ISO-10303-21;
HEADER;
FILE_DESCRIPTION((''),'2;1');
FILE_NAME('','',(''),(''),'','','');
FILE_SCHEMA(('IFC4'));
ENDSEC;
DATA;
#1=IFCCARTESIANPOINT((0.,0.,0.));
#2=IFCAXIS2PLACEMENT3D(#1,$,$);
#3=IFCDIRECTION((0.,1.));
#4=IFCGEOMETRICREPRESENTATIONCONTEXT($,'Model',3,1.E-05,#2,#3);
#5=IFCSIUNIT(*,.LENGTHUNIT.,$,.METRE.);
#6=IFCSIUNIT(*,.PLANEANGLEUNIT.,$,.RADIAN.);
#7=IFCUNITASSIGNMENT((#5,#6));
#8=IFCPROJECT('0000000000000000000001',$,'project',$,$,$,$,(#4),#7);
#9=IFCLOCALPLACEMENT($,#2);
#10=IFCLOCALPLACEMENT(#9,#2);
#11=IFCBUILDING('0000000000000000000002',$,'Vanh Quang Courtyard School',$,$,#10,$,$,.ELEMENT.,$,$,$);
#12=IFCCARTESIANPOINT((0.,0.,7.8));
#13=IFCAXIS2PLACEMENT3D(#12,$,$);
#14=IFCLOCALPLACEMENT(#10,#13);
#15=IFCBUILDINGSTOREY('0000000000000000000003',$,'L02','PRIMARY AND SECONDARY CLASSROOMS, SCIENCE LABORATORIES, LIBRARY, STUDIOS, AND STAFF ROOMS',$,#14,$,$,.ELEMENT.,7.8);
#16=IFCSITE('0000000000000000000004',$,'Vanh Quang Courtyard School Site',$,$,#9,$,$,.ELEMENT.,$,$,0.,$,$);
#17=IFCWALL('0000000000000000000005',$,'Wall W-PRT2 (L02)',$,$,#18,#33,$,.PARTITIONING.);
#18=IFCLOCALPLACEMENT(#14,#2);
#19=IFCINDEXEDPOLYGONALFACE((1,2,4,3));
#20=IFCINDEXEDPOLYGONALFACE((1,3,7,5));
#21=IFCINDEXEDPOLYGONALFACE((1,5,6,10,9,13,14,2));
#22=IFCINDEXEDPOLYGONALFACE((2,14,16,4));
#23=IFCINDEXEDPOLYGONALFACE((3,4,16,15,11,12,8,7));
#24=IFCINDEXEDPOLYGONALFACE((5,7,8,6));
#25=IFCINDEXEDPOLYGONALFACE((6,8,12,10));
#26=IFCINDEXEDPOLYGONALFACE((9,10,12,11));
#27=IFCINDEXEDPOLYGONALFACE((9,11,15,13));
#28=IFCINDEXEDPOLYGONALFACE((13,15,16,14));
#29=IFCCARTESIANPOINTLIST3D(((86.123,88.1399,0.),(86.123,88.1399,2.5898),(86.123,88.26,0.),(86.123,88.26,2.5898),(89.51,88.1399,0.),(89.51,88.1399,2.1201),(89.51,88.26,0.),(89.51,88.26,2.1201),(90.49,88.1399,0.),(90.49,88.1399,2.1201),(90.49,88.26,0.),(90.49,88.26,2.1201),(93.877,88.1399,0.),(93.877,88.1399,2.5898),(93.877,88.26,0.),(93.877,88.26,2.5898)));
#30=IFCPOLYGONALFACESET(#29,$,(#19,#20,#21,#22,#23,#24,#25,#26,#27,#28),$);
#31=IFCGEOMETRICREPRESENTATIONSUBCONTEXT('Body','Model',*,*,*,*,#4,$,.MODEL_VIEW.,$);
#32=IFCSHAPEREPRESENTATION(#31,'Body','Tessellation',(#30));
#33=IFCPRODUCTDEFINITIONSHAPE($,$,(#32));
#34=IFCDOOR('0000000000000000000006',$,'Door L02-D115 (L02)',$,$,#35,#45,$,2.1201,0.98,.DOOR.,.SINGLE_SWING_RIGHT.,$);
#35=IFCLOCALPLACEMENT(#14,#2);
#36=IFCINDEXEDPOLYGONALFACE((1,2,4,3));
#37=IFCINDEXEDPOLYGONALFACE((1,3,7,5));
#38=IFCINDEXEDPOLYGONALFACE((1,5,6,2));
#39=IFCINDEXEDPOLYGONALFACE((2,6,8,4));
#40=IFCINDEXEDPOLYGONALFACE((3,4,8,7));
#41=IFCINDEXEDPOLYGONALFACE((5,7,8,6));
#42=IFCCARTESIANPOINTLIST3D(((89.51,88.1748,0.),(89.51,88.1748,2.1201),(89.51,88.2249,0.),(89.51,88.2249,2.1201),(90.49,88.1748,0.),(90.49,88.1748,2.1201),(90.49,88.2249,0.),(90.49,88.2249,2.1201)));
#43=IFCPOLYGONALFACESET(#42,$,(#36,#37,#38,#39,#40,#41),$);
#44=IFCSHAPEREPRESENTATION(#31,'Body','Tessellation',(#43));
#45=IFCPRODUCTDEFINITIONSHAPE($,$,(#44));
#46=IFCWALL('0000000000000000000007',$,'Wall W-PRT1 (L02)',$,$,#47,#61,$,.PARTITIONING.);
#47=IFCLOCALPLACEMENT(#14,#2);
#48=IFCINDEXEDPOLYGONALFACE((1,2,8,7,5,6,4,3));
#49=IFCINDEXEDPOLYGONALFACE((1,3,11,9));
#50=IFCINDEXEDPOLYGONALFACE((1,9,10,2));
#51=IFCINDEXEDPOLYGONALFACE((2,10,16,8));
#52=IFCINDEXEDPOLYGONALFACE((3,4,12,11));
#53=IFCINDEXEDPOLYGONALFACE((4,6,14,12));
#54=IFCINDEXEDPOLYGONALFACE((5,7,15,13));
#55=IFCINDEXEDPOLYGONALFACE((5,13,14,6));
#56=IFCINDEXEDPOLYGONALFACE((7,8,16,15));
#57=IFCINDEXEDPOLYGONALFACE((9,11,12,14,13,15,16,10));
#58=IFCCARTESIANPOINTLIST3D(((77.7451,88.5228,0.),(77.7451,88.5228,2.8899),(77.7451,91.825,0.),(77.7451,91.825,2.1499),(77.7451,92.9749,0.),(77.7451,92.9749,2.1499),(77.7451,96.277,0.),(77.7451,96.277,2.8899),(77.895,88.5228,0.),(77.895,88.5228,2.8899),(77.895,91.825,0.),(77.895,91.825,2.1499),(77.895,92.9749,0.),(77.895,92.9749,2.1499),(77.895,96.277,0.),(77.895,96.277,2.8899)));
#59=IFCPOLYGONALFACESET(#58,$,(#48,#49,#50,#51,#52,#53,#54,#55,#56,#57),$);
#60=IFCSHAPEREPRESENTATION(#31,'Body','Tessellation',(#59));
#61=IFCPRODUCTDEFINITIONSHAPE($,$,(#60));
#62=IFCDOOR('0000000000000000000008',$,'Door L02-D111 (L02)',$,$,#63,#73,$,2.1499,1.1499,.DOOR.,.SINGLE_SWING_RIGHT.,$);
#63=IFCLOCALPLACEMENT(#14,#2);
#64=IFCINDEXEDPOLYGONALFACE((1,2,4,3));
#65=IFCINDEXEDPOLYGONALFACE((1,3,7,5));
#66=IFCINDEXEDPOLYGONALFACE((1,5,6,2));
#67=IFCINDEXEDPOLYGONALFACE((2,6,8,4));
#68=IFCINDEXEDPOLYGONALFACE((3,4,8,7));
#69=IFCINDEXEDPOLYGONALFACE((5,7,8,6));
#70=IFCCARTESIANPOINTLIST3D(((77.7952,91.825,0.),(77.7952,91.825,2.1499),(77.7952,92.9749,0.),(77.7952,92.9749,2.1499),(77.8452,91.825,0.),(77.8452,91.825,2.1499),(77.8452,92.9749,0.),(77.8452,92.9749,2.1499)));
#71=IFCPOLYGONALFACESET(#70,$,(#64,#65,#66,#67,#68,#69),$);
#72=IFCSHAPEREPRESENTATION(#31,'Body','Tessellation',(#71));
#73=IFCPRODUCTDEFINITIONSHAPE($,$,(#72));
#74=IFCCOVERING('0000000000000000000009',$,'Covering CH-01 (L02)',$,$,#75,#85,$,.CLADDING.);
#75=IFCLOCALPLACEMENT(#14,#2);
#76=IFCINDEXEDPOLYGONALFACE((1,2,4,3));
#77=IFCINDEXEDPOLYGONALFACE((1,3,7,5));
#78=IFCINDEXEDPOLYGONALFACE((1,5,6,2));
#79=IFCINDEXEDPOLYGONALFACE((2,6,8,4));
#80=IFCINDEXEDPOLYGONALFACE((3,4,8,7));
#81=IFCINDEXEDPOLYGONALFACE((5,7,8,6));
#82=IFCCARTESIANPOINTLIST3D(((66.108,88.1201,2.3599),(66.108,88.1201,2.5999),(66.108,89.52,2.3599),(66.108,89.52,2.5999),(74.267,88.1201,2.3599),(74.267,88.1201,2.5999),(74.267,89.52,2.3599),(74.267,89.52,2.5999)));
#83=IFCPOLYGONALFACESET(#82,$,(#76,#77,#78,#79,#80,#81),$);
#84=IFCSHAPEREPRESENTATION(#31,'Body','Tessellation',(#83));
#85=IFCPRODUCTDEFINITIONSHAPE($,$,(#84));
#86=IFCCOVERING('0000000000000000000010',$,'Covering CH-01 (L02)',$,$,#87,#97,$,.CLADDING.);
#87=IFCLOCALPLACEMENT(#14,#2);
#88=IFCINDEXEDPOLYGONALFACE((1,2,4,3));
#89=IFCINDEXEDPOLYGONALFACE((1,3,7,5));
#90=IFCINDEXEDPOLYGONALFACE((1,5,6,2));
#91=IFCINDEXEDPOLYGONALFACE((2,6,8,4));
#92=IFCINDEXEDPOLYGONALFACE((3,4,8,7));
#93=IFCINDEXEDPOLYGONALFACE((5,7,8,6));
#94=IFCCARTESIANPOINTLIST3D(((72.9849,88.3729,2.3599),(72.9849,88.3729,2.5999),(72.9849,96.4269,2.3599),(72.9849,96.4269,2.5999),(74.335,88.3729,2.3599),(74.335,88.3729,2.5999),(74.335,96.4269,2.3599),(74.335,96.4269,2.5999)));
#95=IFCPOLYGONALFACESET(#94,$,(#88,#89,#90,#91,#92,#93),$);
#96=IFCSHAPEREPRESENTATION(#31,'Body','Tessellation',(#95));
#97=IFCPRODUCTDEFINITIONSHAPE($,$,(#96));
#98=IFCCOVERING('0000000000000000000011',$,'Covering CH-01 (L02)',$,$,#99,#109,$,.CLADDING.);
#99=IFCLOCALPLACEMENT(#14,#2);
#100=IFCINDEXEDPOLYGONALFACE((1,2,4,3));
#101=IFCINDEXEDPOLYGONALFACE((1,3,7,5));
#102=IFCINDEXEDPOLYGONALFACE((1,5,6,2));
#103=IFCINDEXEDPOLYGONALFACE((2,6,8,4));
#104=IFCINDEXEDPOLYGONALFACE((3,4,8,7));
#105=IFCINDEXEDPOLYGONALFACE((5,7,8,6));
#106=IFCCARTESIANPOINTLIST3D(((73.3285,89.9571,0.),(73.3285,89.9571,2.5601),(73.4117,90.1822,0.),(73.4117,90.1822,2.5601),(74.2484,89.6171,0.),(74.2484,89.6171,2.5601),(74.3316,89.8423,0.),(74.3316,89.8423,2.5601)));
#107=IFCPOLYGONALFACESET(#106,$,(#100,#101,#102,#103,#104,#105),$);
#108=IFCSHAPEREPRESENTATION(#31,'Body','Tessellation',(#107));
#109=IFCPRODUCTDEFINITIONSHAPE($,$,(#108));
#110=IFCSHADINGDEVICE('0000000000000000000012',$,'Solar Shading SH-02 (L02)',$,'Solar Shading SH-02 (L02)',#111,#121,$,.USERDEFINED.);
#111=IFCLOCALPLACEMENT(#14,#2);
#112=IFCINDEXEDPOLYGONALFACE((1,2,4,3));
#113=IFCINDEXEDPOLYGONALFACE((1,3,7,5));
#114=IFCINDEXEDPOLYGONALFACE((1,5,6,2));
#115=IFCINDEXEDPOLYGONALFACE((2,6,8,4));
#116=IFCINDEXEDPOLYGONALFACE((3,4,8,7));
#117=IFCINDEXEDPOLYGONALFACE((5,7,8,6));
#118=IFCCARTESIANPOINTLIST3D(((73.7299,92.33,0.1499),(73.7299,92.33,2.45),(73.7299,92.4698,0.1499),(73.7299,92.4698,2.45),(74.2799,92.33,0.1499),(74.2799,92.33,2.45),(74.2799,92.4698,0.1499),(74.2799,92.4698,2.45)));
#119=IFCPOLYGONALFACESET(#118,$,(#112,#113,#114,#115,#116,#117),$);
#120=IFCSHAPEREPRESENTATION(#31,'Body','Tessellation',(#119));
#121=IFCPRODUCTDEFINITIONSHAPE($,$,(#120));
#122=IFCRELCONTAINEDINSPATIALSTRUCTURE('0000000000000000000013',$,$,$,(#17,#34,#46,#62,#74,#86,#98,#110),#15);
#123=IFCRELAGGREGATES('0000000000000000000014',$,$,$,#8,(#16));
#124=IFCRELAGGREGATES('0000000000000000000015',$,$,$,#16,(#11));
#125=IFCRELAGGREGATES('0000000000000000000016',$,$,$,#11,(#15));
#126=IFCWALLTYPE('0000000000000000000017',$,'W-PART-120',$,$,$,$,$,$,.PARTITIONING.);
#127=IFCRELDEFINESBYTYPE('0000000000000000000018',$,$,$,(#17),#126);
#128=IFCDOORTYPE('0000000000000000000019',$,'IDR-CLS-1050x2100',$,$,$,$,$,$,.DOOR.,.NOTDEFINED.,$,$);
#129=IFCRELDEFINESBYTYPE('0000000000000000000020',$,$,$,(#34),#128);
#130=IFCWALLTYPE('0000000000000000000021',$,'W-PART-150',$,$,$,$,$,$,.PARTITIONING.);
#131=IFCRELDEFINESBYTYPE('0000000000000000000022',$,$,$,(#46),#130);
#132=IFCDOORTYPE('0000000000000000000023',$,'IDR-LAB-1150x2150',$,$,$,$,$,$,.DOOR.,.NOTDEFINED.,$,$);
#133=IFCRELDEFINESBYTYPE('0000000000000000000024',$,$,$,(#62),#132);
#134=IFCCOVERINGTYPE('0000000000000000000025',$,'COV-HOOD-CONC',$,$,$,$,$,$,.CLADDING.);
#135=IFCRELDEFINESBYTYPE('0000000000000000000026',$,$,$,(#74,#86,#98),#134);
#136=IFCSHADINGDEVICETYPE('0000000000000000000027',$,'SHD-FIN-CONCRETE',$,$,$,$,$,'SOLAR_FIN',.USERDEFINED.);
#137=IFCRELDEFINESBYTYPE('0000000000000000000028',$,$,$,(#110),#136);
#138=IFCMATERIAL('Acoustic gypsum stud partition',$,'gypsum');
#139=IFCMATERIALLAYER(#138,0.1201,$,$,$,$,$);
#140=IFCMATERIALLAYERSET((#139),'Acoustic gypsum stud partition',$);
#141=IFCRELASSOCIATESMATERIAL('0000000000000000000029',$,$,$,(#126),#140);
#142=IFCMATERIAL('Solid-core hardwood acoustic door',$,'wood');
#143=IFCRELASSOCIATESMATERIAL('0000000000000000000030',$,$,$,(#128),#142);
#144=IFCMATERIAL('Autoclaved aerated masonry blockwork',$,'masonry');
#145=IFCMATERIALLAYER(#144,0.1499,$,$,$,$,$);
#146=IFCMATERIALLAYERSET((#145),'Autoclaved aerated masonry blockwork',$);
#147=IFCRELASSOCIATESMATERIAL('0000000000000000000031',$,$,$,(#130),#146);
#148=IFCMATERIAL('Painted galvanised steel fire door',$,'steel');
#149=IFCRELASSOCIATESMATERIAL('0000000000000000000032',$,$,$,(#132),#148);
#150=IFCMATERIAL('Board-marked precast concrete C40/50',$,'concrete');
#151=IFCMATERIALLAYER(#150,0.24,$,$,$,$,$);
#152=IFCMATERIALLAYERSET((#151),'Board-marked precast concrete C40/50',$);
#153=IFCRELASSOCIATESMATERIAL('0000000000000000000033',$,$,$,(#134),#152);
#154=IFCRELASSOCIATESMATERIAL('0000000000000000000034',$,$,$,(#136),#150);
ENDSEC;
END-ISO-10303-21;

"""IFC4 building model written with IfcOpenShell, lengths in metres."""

from ifc_helpers import new_model, si_unit, direction, frame, frame_2d, origin, origin_2d, place, context, subcontext, project, spatial, rectangle, extrude, material, layer, layer_set, type_object, element, fill, save


model = new_model("IFC4")

# Units and contexts
model_context = context("Model", 3, precision=1e-05, world=origin(), true_north=direction((0.0, 1.0)))
body_context = subcontext(model_context, "Body", "Model", "MODEL_VIEW")
ifc_project = project(units=[si_unit("LENGTHUNIT", "METRE"), si_unit("PLANEANGLEUNIT", "RADIAN")], contexts=[model_context])

# Site, building, storey
site_placement = place(None, origin())
site = spatial("IfcSite", under=ifc_project, at=site_placement, Name="Vanh Quang Courtyard School Site", CompositionType="ELEMENT", RefElevation=0.0)
building_placement = place(site_placement, origin())
building = spatial("IfcBuilding", under=site, at=building_placement, Name="Vanh Quang Courtyard School", CompositionType="ELEMENT")
storey_placement = place(building_placement, frame((0.0, 0.0, 7.8)))
storey = spatial("IfcBuildingStorey", under=building, at=storey_placement, Name="L02", Description="PRIMARY AND SECONDARY CLASSROOMS, SCIENCE LABORATORIES, LIBRARY, STUDIOS, AND STAFF ROOMS", CompositionType="ELEMENT", Elevation=7.8)

# Shared definitions
ifc_material_1 = material(Name="Acoustic gypsum stud partition", Category="gypsum")
ifc_layer_1 = layer(ifc_material_1, 0.1201)
ifc_layer_set_1 = layer_set([ifc_layer_1], Name="Acoustic gypsum stud partition")
wall_type_1 = type_object("IfcWallType", Name="W-PART-120", PredefinedType="PARTITIONING", material=ifc_layer_set_1)

# Walls, openings, doors
wall_1_placement = place(storey_placement, frame((86.123, 88.2, 0.0), z_axis=(0.0, 0.0, 1.0), x_axis=(1.0, 0.0, 0.0)))
wall_1 = element("IfcWall", 1, at=wall_1_placement, inside=storey, type_object=wall_type_1, Name="Wall W-PRT2 (L02)", PredefinedType="PARTITIONING", context=body_context, shape_type="SweptSolid", body=[
    extrude(rectangle(XDim=7.7539, YDim=0.1201, at=frame_2d((3.877, 0.0))), origin(), (0.0, 0.0, 1.0), 2.5898),
])
opening_1_placement = place(wall_1_placement, frame((3.387, 0.0, 0.0)))
opening_1 = element("IfcOpeningElement", 2, at=opening_1_placement, cuts=wall_1, PredefinedType="OPENING", context=body_context, shape_type="SweptSolid", body=[
    extrude(rectangle(XDim=0.98, YDim=2.1201, at=frame_2d((0.49, 1.0601))), frame((0.0, 0.0701, 0.0), z_axis=(0.0, -1.0, 0.0), x_axis=(1.0, 0.0, 0.0)), (0.0, 0.0, 1.0), 0.1401),
])
ifc_material_2 = material(Name="Solid-core hardwood acoustic door", Category="wood")
door_type_1 = type_object("IfcDoorType", Name="IDR-CLS-1050x2100", OperationType="NOTDEFINED", PredefinedType="DOOR", material=ifc_material_2)
door_1_placement = place(opening_1_placement, origin())
door_1 = element("IfcDoor", 3, at=door_1_placement, inside=storey, type_object=door_type_1, Name="Door L02-D115 (L02)", OperationType="SINGLE_SWING_RIGHT", OverallHeight=2.1201, OverallWidth=0.98, PredefinedType="DOOR", context=body_context, shape_type="SweptSolid", body=[
    extrude(rectangle(XDim=0.98, YDim=2.1201, at=frame_2d((0.49, 1.0601))), frame((0.0, 0.0249, 0.0), z_axis=(0.0, -1.0, 0.0), x_axis=(1.0, 0.0, 0.0)), (0.0, 0.0, 1.0), 0.05),
])
fill(opening_1, door_1)
ifc_material_3 = material(Name="Autoclaved aerated masonry blockwork", Category="masonry")
ifc_layer_2 = layer(ifc_material_3, 0.1499)
ifc_layer_set_2 = layer_set([ifc_layer_2], Name="Autoclaved aerated masonry blockwork")
wall_type_2 = type_object("IfcWallType", Name="W-PART-150", PredefinedType="PARTITIONING", material=ifc_layer_set_2)
wall_2_placement = place(storey_placement, frame((77.8201, 88.5229, 0.0), z_axis=(0.0, 0.0, 1.0), x_axis=(0.0, 1.0, 0.0)))
wall_2 = element("IfcWall", 4, at=wall_2_placement, inside=storey, type_object=wall_type_2, Name="Wall W-PRT1 (L02)", PredefinedType="PARTITIONING", context=body_context, shape_type="SweptSolid", body=[
    extrude(rectangle(XDim=7.7542, YDim=0.1499, at=frame_2d((3.877, 0.0))), origin(), (0.0, 0.0, 1.0), 2.8899),
])
opening_2_placement = place(wall_2_placement, frame((3.302, 0.0, 0.0)))
opening_2 = element("IfcOpeningElement", 5, at=opening_2_placement, cuts=wall_2, PredefinedType="OPENING", context=body_context, shape_type="SweptSolid", body=[
    extrude(rectangle(XDim=1.1499, YDim=2.1499, at=frame_2d((0.575, 1.075))), frame((0.0, 0.085, 0.0), z_axis=(0.0, -1.0, 0.0), x_axis=(1.0, 0.0, 0.0)), (0.0, 0.0, 1.0), 0.1699),
])
ifc_material_4 = material(Name="Painted galvanised steel fire door", Category="steel")
door_type_2 = type_object("IfcDoorType", Name="IDR-LAB-1150x2150", OperationType="NOTDEFINED", PredefinedType="DOOR", material=ifc_material_4)
door_2_placement = place(opening_2_placement, origin())
door_2 = element("IfcDoor", 6, at=door_2_placement, inside=storey, type_object=door_type_2, Name="Door L02-D111 (L02)", OperationType="SINGLE_SWING_RIGHT", OverallHeight=2.1499, OverallWidth=1.1499, PredefinedType="DOOR", context=body_context, shape_type="SweptSolid", body=[
    extrude(rectangle(XDim=1.1499, YDim=2.1499, at=frame_2d((0.575, 1.075))), frame((0.0, 0.0249, 0.0), z_axis=(0.0, -1.0, 0.0), x_axis=(1.0, 0.0, 0.0)), (0.0, 0.0, 1.0), 0.05),
])
fill(opening_2, door_2)

# Coverings
ifc_material_5 = material(Name="Board-marked precast concrete C40/50", Category="concrete")
ifc_layer_3 = layer(ifc_material_5, 0.24)
ifc_layer_set_3 = layer_set([ifc_layer_3], Name="Board-marked precast concrete C40/50")
covering_type = type_object("IfcCoveringType", Name="COV-HOOD-CONC", PredefinedType="CLADDING", material=ifc_layer_set_3)
covering_1_placement = place(storey_placement, frame((70.1875, 88.8201, 2.3599), z_axis=(0.0, 0.0, 1.0), x_axis=(1.0, 0.0, 0.0)))
element("IfcCovering", 7, at=covering_1_placement, inside=storey, type_object=covering_type, Name="Covering CH-01 (L02)", PredefinedType="CLADDING", context=body_context, shape_type="SweptSolid", body=[
    extrude(rectangle(XDim=8.1589, YDim=1.3999, at=origin_2d()), origin(), (0.0, 0.0, 1.0), 0.24),
])
covering_2_placement = place(storey_placement, frame((73.6599, 92.3999, 2.3599), z_axis=(0.0, 0.0, 1.0), x_axis=(0.0, 1.0, 0.0)))
element("IfcCovering", 8, at=covering_2_placement, inside=storey, type_object=covering_type, Name="Covering CH-01 (L02)", PredefinedType="CLADDING", context=body_context, shape_type="SweptSolid", body=[
    extrude(rectangle(XDim=8.054, YDim=1.3501, at=origin_2d()), origin(), (0.0, 0.0, 1.0), 0.24),
])
covering_3_placement = place(storey_placement, frame((73.8301, 89.8997, 0.0), z_axis=(0.0, 0.0, 1.0), x_axis=(-0.93801, 0.346608, 0.0)))
element("IfcCovering", 9, at=covering_3_placement, inside=storey, type_object=covering_type, Name="Covering CH-01 (L02)", PredefinedType="CLADDING", context=body_context, shape_type="SweptSolid", body=[
    extrude(rectangle(XDim=0.9807, YDim=0.24, at=origin_2d()), origin(), (0.0, 0.0, 1.0), 2.5601),
])

# Shading device
shading_device_type = type_object("IfcShadingDeviceType", Name="SHD-FIN-CONCRETE", ElementType="SOLAR_FIN", PredefinedType="USERDEFINED", material=ifc_material_5)
shading_device_placement = place(storey_placement, frame((74.0049, 92.3999, 0.1499), z_axis=(0.0, 0.0, 1.0), x_axis=(0.0, 1.0, 0.0)))
element("IfcShadingDevice", 10, at=shading_device_placement, inside=storey, type_object=shading_device_type, Name="Solar Shading SH-02 (L02)", ObjectType="Solar Shading SH-02 (L02)", PredefinedType="USERDEFINED", context=body_context, shape_type="SweptSolid", body=[
    extrude(rectangle(XDim=0.1399, YDim=0.55, at=origin_2d()), origin(), (0.0, 0.0, 1.0), 2.3),
])

save(model, "model.ifc")
